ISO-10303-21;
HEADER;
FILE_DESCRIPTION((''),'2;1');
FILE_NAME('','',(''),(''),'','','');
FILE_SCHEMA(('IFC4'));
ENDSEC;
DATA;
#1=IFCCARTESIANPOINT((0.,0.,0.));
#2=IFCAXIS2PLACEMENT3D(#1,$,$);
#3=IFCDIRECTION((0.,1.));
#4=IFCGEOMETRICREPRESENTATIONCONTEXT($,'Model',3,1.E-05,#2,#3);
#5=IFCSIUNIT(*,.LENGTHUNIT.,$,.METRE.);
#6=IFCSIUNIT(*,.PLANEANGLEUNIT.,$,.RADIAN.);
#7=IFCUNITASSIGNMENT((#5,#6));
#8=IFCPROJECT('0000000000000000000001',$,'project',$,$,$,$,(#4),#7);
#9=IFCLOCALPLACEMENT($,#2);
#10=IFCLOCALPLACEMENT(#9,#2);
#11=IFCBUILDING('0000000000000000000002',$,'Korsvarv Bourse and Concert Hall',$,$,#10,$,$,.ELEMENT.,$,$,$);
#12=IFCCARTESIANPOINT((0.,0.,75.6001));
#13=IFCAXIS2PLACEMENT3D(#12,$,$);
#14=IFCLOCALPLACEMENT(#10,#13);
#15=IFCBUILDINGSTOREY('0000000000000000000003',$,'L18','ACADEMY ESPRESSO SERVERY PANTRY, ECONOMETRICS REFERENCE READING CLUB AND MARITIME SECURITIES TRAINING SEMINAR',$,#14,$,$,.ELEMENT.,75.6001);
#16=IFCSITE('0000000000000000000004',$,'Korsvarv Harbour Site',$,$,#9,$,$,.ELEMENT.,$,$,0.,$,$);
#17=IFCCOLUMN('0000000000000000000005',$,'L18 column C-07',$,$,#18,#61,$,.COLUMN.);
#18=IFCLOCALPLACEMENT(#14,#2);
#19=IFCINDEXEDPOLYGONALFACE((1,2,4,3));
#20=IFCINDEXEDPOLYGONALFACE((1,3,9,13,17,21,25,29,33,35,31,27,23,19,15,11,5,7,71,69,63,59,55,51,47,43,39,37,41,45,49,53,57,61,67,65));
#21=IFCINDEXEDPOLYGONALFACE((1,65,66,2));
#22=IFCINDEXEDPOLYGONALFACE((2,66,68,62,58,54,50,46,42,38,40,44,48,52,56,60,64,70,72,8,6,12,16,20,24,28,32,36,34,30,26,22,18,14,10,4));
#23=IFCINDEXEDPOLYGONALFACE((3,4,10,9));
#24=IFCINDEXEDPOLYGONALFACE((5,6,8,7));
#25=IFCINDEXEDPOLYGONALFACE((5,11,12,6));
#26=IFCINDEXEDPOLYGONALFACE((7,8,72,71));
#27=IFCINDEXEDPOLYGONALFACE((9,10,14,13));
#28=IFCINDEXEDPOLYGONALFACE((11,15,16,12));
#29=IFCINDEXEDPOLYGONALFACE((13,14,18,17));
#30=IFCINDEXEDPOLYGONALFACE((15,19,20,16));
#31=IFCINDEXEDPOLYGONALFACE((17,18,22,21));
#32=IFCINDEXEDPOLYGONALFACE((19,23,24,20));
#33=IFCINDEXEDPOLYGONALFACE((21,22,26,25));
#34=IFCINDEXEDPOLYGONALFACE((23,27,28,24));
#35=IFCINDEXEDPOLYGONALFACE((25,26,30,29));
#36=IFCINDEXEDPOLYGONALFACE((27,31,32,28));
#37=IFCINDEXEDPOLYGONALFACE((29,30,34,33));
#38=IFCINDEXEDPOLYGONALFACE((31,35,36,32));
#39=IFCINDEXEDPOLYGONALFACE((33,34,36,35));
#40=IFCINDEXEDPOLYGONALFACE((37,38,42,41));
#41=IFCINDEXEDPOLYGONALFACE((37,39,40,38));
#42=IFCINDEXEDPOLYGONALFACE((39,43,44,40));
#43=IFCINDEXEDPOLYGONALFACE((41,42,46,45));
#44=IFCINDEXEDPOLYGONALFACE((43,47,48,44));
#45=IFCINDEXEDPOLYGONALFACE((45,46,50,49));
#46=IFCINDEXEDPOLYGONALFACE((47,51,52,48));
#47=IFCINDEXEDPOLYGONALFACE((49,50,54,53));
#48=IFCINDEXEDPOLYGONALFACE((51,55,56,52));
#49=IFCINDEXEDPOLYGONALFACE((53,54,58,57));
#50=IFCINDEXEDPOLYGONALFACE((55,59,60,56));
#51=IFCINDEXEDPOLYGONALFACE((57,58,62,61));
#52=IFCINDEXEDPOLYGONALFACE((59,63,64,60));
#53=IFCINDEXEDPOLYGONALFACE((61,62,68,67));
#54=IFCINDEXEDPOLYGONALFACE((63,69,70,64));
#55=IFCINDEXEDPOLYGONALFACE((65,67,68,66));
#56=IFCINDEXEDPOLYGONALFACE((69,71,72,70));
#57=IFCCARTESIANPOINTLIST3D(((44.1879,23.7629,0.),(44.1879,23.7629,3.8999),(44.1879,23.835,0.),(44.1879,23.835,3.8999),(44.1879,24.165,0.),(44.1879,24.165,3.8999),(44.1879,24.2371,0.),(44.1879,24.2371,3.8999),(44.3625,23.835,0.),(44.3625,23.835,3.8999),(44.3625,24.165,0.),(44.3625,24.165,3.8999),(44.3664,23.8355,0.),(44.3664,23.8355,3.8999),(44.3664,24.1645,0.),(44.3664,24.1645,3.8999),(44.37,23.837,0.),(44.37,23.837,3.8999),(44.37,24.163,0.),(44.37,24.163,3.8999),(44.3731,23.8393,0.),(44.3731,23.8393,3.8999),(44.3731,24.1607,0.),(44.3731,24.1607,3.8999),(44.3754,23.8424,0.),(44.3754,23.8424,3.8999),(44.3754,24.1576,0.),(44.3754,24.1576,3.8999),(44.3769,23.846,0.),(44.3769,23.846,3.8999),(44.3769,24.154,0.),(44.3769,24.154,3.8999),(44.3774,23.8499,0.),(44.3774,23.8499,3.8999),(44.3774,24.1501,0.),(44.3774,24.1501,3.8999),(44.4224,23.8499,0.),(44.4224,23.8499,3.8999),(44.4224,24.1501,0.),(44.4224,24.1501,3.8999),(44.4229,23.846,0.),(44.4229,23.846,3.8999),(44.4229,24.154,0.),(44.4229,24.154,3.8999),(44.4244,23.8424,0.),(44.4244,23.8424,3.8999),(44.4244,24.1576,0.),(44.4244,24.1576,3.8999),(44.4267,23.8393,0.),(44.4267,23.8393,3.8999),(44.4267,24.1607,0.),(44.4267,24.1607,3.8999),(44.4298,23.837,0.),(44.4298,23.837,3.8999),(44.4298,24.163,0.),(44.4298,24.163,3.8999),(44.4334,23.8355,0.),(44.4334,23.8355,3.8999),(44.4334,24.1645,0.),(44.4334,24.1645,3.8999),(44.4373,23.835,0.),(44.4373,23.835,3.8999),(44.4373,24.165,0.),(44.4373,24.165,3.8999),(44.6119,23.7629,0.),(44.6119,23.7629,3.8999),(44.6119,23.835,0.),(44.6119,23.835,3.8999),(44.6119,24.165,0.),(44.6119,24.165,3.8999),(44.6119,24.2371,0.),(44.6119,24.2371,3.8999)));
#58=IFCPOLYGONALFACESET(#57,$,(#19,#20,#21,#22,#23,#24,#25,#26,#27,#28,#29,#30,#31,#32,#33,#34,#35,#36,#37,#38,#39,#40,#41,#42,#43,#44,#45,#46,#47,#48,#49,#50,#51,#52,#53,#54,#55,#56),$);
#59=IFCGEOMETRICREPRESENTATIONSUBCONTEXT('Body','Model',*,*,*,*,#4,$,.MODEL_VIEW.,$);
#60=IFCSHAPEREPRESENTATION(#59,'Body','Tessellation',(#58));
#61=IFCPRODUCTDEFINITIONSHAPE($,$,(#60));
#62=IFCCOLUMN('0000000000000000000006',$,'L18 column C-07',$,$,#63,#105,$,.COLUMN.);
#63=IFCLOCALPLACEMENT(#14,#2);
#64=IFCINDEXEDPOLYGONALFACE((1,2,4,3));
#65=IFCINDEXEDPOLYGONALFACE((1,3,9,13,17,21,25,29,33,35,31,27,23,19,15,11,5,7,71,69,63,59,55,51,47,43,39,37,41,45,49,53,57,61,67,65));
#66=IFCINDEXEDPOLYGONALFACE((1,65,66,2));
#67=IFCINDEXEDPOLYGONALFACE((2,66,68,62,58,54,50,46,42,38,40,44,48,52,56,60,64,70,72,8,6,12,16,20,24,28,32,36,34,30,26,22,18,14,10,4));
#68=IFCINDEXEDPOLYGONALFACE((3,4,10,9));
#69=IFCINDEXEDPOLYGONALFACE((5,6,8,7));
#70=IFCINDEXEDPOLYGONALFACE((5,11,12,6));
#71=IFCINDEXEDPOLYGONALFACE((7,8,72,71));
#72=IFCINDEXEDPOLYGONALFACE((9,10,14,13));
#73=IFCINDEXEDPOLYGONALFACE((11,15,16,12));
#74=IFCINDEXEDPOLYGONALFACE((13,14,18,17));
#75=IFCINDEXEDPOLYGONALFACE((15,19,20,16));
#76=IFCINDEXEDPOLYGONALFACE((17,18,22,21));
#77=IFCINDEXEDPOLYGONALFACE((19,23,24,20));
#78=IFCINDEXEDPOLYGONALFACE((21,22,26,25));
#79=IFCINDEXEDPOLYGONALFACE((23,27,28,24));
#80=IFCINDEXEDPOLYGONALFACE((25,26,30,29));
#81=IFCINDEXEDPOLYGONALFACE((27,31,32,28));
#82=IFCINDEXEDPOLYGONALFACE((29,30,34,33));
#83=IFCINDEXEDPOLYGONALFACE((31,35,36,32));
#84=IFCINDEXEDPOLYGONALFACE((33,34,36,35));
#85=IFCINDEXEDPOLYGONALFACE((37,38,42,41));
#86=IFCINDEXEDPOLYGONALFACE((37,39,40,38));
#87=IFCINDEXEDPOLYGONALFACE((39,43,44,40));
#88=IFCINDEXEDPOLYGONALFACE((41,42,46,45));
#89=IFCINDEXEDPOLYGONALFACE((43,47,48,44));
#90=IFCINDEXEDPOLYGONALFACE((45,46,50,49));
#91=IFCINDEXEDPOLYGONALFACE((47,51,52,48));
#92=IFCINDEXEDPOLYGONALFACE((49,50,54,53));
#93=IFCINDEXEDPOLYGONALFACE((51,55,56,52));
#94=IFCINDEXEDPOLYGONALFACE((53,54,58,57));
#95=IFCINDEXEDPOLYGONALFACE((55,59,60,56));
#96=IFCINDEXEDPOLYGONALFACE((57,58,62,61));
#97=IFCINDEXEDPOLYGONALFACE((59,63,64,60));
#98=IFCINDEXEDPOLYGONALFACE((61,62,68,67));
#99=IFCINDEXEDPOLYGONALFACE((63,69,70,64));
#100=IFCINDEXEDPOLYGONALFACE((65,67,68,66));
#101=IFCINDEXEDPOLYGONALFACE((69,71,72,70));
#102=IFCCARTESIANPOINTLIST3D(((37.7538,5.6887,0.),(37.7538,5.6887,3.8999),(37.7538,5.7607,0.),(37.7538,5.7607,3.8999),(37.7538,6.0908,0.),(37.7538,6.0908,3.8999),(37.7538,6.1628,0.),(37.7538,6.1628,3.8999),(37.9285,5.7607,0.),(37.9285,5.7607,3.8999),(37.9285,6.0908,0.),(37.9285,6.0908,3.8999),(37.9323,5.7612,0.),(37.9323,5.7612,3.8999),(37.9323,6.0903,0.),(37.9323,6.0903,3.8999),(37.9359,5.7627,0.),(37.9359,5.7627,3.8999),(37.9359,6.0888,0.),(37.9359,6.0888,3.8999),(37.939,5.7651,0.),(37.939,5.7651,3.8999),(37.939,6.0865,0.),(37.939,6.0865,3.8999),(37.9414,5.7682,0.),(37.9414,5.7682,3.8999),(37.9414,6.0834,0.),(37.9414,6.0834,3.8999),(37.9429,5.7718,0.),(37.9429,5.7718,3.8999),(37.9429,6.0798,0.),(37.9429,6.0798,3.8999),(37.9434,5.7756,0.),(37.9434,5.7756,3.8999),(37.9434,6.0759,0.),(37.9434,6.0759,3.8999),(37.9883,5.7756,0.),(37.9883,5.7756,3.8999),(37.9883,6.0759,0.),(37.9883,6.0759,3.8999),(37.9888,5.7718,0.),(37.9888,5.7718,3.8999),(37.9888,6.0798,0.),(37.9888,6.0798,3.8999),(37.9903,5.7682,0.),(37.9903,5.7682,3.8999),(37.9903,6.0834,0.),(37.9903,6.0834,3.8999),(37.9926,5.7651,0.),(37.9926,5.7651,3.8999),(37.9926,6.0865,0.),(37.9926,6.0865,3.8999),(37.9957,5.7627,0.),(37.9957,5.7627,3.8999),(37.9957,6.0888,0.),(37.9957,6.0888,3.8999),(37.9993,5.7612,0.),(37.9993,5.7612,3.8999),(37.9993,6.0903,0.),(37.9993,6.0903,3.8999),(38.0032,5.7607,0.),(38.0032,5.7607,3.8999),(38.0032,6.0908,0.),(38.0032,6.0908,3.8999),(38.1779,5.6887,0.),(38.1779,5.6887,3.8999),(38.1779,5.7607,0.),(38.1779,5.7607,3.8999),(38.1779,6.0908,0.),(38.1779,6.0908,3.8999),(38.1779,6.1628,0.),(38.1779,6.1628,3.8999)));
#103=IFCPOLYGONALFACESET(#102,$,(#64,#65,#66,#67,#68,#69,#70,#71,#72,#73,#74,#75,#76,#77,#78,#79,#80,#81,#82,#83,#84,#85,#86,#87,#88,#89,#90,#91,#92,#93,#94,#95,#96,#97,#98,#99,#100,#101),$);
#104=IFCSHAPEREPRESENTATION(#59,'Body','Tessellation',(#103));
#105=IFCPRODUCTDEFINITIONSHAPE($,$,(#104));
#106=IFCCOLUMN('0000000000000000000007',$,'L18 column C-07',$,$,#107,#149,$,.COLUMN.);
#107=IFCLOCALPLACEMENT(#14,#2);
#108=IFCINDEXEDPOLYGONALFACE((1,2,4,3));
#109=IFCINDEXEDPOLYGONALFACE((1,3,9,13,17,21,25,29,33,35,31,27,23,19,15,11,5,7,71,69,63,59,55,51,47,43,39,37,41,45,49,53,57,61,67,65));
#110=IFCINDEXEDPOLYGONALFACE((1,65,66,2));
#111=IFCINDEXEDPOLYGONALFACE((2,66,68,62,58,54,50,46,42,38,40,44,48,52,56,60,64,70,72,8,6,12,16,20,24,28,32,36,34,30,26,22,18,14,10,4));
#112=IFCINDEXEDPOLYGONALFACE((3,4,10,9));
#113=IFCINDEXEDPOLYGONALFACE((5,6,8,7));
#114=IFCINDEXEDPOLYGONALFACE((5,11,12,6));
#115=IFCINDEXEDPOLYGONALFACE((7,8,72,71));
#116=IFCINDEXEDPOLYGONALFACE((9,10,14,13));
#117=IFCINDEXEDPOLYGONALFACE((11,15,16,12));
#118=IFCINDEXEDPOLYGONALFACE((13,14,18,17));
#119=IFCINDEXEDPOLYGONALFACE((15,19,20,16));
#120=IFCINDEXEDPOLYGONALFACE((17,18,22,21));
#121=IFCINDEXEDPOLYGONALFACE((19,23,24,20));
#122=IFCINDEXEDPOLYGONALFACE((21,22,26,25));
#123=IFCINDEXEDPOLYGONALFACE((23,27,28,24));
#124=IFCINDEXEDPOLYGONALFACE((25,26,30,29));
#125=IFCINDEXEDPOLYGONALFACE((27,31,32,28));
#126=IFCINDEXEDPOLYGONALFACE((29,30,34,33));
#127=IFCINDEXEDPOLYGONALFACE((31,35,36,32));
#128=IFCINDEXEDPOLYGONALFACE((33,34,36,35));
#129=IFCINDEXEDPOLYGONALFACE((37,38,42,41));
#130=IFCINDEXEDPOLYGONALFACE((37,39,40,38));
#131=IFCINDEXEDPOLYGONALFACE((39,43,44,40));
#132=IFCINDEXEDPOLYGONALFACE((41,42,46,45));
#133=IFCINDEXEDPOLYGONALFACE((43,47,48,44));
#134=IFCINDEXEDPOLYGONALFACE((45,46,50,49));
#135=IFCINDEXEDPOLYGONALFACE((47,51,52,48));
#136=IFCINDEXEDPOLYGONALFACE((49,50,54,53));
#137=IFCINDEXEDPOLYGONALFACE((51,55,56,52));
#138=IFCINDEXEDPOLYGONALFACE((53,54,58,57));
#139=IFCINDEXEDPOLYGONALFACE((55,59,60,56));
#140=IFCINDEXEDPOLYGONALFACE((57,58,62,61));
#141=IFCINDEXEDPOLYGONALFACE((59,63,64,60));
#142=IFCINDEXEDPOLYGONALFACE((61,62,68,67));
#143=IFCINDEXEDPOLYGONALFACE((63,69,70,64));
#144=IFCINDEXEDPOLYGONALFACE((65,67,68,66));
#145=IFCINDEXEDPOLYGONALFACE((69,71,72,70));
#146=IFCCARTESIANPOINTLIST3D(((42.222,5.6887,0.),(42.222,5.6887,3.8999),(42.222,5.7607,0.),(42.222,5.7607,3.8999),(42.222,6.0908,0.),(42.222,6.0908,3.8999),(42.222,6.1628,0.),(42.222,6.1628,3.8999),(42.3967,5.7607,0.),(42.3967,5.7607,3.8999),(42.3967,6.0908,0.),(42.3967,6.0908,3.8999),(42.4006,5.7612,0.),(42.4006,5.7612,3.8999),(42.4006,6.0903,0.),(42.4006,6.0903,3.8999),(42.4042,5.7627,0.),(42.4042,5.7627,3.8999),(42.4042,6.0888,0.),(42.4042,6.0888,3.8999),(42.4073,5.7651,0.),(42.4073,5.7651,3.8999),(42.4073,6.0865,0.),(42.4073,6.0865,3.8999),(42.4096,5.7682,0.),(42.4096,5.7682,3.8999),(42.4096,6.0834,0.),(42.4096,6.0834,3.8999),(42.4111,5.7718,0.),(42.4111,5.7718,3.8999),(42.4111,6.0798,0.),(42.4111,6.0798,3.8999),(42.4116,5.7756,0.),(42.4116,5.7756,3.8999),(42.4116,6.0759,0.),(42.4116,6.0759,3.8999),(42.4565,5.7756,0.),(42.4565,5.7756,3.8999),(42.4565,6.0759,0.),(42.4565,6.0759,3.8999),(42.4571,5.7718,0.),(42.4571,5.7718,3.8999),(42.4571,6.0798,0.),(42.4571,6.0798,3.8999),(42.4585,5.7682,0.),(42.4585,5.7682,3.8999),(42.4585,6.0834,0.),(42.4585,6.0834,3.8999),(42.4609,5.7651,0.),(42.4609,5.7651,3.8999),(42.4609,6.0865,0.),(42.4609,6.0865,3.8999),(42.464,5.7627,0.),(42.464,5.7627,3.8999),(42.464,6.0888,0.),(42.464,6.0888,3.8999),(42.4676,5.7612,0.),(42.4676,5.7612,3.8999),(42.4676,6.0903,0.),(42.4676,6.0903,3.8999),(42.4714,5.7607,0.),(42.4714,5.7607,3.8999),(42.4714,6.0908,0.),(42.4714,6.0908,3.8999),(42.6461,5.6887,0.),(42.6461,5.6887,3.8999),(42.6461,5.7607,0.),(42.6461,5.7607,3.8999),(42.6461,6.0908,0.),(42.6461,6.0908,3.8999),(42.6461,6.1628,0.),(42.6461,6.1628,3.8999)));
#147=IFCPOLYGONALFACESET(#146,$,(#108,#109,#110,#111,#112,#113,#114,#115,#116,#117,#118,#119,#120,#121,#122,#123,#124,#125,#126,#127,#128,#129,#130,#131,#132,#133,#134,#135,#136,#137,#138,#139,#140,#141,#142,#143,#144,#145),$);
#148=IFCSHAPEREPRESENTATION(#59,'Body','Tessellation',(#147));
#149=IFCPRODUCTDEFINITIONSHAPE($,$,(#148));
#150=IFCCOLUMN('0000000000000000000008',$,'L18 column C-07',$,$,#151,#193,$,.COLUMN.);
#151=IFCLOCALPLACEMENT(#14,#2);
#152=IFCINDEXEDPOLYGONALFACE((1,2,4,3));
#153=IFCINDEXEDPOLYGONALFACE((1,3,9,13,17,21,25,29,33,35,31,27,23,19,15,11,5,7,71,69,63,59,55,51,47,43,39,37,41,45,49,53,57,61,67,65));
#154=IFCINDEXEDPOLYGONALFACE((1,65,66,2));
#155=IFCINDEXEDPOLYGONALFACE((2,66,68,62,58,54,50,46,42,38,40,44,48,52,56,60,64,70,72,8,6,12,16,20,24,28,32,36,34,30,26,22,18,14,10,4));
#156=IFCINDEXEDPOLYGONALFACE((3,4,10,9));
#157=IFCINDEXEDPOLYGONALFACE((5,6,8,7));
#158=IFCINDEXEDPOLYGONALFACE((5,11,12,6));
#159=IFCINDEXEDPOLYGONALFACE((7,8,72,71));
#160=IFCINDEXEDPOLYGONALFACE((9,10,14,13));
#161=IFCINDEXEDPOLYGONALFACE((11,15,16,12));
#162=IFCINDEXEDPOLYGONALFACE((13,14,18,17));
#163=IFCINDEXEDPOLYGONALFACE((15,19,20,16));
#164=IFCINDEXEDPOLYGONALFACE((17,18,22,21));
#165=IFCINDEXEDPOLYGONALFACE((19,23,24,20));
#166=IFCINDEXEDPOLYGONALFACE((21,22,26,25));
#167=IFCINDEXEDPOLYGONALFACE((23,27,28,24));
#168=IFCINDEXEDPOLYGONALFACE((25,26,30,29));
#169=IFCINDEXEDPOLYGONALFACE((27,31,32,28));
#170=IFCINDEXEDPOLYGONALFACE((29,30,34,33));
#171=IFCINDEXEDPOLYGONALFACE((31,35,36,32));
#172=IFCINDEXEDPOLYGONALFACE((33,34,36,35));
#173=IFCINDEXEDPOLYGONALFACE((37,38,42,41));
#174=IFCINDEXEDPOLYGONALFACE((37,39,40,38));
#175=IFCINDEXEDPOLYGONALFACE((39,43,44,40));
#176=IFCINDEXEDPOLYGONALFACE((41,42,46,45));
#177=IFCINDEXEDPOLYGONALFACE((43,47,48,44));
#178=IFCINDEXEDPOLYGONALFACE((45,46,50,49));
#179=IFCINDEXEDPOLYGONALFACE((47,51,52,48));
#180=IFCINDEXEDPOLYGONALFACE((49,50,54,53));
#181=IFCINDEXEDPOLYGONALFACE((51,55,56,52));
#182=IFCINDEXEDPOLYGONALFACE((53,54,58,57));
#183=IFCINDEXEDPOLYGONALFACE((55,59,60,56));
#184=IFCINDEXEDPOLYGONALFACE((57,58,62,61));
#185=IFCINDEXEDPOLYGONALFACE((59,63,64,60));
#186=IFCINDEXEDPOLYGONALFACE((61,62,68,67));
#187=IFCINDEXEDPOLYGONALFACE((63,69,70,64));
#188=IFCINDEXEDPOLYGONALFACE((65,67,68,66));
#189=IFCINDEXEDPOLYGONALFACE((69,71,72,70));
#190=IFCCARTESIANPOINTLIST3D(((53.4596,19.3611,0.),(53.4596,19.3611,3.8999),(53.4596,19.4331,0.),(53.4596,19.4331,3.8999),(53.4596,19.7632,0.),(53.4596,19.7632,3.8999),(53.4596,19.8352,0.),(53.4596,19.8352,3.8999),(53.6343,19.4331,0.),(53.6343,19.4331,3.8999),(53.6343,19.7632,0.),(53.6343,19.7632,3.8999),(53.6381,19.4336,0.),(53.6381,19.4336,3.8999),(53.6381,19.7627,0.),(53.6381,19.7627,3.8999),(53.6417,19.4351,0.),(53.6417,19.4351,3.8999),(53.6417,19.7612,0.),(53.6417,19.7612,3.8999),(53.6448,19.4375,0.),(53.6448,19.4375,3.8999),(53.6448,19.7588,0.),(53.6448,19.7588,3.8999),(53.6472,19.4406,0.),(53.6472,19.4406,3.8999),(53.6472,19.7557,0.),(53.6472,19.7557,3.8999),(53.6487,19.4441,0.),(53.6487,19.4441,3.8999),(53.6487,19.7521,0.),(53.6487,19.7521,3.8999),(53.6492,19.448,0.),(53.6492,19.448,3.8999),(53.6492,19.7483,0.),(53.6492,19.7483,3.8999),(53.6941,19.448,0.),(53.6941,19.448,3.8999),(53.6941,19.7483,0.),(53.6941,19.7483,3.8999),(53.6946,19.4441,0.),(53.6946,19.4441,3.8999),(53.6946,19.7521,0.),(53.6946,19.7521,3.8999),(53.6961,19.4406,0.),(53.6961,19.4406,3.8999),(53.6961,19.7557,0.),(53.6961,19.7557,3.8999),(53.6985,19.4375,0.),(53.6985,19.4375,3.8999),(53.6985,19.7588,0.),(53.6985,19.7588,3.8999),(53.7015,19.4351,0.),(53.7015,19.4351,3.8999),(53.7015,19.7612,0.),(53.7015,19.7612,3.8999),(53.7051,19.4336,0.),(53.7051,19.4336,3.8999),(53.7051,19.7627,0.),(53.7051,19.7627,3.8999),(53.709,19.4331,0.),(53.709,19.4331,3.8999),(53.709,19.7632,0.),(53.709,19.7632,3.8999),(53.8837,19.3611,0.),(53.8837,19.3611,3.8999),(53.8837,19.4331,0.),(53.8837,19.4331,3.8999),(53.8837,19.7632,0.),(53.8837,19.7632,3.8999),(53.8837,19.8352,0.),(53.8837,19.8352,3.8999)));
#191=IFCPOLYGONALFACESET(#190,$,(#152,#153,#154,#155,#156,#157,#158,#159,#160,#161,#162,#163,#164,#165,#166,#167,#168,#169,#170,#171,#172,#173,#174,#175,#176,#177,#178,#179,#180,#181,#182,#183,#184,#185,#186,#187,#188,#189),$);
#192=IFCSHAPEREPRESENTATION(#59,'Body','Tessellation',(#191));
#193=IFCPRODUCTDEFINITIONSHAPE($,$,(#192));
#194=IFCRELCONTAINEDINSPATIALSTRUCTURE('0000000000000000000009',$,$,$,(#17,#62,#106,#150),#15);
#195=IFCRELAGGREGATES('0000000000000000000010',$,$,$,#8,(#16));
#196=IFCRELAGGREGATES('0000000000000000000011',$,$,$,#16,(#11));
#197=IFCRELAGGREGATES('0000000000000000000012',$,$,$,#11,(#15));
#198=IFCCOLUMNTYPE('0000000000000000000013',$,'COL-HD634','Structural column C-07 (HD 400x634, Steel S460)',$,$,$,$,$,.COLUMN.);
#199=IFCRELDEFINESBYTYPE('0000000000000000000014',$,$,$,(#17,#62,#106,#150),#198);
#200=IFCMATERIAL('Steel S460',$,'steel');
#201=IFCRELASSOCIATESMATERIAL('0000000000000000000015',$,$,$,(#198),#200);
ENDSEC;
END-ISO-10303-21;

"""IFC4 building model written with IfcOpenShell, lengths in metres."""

from ifc_helpers import new_model, si_unit, direction, frame, origin, origin_2d, place, context, subcontext, project, spatial, i_section, extrude, source, transform, mapped, material, material_profile, profile_set, type_object, element, save


model = new_model("IFC4")

# Units and contexts
model_context = context("Model", 3, precision=1e-05, world=origin(), true_north=direction((0.0, 1.0)))
body_context = subcontext(model_context, "Body", "Model", "MODEL_VIEW")
ifc_project = project(units=[si_unit("LENGTHUNIT", "METRE"), si_unit("PLANEANGLEUNIT", "RADIAN")], contexts=[model_context])

# Site, building, storey
site_placement = place(None, origin())
site = spatial("IfcSite", under=ifc_project, at=site_placement, Name="Korsvarv Harbour Site", CompositionType="ELEMENT", RefElevation=0.0)
building_placement = place(site_placement, origin())
building = spatial("IfcBuilding", under=site, at=building_placement, Name="Korsvarv Bourse and Concert Hall", CompositionType="ELEMENT")
storey_placement = place(building_placement, frame((0.0, 0.0, 75.6001)))
storey = spatial("IfcBuildingStorey", under=building, at=storey_placement, Name="L18", Description="ACADEMY ESPRESSO SERVERY PANTRY, ECONOMETRICS REFERENCE READING CLUB AND MARITIME SECURITIES TRAINING SEMINAR", CompositionType="ELEMENT", Elevation=75.6001)

# Columns
ifc_material_1 = material(Name="Steel S460", Category="steel")
ifc_material_profile_1 = material_profile(ifc_material_1, i_section(OverallWidth=0.4241, OverallDepth=0.4741, WebThickness=0.0449, FlangeThickness=0.072, FilletRadius=0.0149, at=origin_2d()), Name="HD 400x634")
ifc_profile_set_1 = profile_set([ifc_material_profile_1], Name="Steel S460")
column_type = type_object("IfcColumnType", Name="COL-HD634", Description="Structural column C-07 (HD 400x634, Steel S460)", PredefinedType="COLUMN", material=ifc_profile_set_1)
shared_shape_1 = source(origin(), body_context, "Body", "SweptSolid", [
    extrude(i_section(OverallWidth=0.4241, OverallDepth=0.4741, WebThickness=0.0449, FlangeThickness=0.072, FilletRadius=0.0149, at=origin_2d()), origin(), (0.0, 0.0, 1.0), 3.8999),
])
for number, where, z_axis, x_axis, name in (
    (1, (44.3999, 24.0, 0.0), (0.0, 0.0, 1.0), (1.0, 0.0, 0.0), "L18 column C-07"),
    (2, (37.9658, 5.9258, 0.0), (0.0, 0.0, 1.0), (1.0, 0.0, 0.0), "L18 column C-07"),
    (3, (42.4341, 5.9258, 0.0), (0.0, 0.0, 1.0), (1.0, 0.0, 0.0), "L18 column C-07"),
    (4, (53.6716, 19.5981, 0.0), (0.0, 0.0, 1.0), (1.0, 0.0, 0.0), "L18 column C-07"),
):
    element("IfcColumn", number, at=place(storey_placement, frame(where, z_axis=z_axis, x_axis=x_axis)), inside=storey, type_object=column_type, Name=name, PredefinedType="COLUMN", context=body_context, shape_type="MappedRepresentation", body=[
        mapped(shared_shape_1, transform((0.0, 0.0, 0.0), scale=1.0)),
    ])

save(model, "model.ifc")
